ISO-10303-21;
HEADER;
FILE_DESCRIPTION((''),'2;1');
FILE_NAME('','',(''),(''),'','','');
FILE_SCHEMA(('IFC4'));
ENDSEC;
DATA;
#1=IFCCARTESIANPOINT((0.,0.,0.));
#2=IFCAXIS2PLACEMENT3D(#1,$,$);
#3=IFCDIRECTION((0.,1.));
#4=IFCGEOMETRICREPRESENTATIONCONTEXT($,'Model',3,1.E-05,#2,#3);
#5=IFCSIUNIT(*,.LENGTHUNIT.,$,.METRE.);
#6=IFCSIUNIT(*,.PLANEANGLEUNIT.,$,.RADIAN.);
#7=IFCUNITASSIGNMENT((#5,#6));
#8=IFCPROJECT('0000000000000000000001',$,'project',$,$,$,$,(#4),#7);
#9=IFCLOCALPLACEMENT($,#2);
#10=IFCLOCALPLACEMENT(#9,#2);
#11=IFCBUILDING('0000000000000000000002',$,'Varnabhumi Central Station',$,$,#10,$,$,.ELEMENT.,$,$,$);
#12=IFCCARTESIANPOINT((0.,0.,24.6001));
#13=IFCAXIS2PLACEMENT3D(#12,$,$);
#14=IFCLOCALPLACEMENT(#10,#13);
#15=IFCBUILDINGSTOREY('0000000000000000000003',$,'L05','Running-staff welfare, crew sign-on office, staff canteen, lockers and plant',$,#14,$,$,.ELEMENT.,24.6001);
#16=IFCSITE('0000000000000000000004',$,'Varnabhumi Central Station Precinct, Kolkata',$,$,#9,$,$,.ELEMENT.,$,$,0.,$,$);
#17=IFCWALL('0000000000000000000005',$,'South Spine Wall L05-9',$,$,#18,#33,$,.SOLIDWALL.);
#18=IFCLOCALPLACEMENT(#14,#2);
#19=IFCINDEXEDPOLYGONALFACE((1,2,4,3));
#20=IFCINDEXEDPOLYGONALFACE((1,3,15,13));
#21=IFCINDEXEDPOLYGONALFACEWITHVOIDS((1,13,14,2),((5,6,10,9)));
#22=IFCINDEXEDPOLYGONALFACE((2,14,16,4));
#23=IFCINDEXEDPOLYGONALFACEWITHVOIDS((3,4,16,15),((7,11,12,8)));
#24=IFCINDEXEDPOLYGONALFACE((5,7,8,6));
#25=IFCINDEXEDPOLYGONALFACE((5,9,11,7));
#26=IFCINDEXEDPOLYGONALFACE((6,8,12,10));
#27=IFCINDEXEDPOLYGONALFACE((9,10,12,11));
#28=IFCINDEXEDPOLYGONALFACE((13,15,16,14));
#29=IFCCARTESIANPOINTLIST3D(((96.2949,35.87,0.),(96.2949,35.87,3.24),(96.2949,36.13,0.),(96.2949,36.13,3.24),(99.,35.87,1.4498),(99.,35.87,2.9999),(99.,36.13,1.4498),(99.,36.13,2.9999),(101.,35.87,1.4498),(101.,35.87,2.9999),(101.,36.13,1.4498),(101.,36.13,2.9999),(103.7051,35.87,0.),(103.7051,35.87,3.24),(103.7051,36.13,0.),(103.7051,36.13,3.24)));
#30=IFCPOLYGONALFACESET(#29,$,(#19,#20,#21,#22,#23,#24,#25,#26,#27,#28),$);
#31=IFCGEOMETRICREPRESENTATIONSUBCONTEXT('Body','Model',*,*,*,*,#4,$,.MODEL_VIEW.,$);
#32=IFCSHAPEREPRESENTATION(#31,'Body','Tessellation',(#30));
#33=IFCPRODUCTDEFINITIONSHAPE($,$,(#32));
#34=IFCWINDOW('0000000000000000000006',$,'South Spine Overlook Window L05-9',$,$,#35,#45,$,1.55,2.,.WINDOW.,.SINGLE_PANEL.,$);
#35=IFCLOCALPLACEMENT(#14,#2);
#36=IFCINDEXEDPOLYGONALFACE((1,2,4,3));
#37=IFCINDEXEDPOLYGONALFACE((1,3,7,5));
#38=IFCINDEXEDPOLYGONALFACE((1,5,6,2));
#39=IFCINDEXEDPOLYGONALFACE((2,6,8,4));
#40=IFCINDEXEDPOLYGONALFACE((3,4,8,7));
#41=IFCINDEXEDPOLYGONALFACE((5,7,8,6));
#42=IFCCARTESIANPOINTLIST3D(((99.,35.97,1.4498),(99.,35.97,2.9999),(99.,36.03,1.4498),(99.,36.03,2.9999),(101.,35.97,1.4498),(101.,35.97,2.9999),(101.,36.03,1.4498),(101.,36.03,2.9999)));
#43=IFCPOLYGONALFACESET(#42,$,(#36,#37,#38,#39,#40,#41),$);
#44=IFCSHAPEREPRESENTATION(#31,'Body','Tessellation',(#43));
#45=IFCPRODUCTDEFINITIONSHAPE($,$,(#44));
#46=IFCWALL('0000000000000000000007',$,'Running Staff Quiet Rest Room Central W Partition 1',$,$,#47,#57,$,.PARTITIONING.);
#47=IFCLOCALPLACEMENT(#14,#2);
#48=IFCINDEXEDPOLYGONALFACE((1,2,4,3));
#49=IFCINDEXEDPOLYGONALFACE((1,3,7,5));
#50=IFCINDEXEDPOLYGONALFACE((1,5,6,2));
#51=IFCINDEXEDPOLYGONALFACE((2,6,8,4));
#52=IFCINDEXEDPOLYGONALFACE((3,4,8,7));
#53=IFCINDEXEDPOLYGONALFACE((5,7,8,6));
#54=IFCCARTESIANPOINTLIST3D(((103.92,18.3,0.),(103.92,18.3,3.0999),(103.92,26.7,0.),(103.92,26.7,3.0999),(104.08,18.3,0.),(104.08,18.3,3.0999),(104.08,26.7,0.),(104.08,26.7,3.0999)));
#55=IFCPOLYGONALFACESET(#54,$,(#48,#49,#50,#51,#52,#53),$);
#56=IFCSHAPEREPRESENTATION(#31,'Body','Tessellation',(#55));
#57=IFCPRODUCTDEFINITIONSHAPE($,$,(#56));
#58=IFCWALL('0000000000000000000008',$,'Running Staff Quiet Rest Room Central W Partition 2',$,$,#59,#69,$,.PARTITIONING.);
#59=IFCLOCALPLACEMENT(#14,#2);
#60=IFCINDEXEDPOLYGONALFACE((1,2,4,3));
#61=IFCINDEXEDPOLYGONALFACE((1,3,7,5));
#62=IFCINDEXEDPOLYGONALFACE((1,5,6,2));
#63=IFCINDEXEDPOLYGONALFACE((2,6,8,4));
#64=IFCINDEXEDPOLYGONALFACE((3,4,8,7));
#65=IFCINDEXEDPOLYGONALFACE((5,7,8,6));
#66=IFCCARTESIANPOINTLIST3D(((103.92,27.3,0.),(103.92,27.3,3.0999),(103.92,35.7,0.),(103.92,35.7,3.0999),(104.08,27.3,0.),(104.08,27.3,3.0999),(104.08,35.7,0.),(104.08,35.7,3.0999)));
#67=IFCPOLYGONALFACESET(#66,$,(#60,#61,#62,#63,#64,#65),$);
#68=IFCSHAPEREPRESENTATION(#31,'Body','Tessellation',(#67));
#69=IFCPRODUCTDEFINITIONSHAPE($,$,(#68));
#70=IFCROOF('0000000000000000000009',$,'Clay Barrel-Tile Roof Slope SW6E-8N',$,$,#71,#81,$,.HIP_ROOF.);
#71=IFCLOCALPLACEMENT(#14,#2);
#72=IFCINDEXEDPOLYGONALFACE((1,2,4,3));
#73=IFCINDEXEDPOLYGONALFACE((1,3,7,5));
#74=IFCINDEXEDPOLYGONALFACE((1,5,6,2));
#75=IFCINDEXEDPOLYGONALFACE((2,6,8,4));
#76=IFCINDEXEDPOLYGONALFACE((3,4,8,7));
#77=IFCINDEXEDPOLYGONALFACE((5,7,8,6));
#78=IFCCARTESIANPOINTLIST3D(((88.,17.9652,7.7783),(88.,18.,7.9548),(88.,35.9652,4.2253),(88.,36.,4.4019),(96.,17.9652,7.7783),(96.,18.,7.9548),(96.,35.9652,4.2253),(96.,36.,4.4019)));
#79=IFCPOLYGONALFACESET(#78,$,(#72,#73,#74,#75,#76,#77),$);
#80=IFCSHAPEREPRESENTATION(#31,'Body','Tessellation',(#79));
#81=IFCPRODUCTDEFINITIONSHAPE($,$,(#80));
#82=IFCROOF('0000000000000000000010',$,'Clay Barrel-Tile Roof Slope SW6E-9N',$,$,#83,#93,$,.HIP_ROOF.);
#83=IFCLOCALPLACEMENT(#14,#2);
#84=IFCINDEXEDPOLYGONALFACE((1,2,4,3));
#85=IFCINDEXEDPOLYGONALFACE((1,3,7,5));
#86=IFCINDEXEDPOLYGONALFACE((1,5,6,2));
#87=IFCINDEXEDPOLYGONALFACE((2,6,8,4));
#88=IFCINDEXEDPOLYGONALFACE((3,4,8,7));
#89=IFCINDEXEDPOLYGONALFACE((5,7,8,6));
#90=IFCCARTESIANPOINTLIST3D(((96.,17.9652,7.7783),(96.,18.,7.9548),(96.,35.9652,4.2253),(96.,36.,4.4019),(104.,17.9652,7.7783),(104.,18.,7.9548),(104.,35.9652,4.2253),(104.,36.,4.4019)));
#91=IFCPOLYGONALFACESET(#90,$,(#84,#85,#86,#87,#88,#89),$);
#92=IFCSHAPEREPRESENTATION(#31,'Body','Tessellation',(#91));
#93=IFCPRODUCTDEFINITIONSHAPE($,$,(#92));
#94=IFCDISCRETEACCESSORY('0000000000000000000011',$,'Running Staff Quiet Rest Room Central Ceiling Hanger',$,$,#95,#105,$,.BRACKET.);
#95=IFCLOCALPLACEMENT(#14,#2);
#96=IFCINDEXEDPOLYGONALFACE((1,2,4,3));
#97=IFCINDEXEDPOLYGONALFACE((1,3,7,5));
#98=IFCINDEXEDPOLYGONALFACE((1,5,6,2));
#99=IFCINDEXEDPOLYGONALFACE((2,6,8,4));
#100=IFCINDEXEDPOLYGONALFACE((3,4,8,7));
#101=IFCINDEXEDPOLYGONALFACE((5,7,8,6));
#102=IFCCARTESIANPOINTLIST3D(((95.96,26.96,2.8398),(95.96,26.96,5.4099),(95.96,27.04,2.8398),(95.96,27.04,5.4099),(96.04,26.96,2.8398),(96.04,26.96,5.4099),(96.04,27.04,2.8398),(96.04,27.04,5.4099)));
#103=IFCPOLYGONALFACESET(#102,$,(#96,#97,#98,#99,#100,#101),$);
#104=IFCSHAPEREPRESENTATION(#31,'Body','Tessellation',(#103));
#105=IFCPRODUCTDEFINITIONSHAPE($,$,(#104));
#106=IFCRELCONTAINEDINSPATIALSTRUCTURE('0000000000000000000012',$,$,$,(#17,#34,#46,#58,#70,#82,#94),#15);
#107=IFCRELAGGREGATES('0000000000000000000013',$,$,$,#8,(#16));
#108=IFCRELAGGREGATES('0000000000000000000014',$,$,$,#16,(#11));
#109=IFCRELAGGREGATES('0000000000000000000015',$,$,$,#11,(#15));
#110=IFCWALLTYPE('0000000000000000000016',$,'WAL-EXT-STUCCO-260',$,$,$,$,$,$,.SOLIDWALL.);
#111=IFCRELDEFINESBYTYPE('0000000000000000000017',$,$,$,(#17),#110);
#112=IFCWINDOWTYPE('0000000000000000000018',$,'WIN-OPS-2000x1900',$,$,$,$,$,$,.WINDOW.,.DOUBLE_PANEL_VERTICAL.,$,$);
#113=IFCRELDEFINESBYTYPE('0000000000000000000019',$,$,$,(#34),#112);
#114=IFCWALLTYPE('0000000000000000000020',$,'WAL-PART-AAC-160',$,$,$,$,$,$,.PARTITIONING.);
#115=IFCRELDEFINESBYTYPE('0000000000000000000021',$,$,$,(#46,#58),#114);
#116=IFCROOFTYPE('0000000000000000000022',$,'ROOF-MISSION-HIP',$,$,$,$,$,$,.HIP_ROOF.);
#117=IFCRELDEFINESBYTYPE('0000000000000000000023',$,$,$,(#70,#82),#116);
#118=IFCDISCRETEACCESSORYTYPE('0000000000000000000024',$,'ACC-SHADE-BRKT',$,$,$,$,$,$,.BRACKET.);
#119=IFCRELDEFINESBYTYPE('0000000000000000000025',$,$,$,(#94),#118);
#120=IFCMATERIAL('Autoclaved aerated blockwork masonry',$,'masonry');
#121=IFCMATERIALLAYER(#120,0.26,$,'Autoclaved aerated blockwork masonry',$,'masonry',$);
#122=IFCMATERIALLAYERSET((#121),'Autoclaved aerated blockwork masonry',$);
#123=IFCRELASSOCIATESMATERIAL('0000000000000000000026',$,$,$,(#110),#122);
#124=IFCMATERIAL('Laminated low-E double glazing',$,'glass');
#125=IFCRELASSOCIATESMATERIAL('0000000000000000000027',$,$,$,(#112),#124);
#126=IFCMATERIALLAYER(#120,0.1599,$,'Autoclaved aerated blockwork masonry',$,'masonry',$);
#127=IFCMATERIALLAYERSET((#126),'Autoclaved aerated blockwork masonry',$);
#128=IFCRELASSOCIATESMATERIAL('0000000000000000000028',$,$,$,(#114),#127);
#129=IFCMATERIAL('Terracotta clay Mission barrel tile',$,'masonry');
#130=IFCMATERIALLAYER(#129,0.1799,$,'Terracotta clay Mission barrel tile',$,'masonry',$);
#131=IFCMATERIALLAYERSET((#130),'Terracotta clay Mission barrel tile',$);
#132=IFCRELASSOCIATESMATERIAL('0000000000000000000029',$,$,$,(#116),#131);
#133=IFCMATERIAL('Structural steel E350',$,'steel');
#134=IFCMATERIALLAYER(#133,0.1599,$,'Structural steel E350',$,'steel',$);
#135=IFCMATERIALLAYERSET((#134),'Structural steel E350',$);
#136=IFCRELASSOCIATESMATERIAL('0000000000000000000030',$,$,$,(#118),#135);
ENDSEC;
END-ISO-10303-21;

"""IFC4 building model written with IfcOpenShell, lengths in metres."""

from ifc_helpers import new_model, si_unit, direction, frame, frame_2d, origin, origin_2d, place, context, subcontext, project, spatial, polyline, rectangle, outline, extrude, material, layer, layer_set, type_object, element, fill, save


model = new_model("IFC4")

# Units and contexts
model_context = context("Model", 3, precision=1e-05, world=origin(), true_north=direction((0.0, 1.0)))
body_context = subcontext(model_context, "Body", "Model", "MODEL_VIEW")
ifc_project = project(units=[si_unit("LENGTHUNIT", "METRE"), si_unit("PLANEANGLEUNIT", "RADIAN")], contexts=[model_context])

# Site, building, storey
site_placement = place(None, origin())
site = spatial("IfcSite", under=ifc_project, at=site_placement, Name="Varnabhumi Central Station Precinct, Kolkata", CompositionType="ELEMENT", RefElevation=0.0)
building_placement = place(site_placement, origin())
building = spatial("IfcBuilding", under=site, at=building_placement, Name="Varnabhumi Central Station", CompositionType="ELEMENT")
storey_placement = place(building_placement, frame((0.0, 0.0, 24.6001)))
storey = spatial("IfcBuildingStorey", under=building, at=storey_placement, Name="L05", Description="Running-staff welfare, crew sign-on office, staff canteen, lockers and plant", CompositionType="ELEMENT", Elevation=24.6001)

# Shared definitions
ifc_material_1 = material(Name="Structural steel E350", Category="steel")

# Wall, opening, window
ifc_material_2 = material(Name="Autoclaved aerated blockwork masonry", Category="masonry")
ifc_layer_1 = layer(ifc_material_2, 0.26, Name="Autoclaved aerated blockwork masonry", Category="masonry")
ifc_layer_set_1 = layer_set([ifc_layer_1], Name="Autoclaved aerated blockwork masonry")
wall_type_1 = type_object("IfcWallType", Name="WAL-EXT-STUCCO-260", PredefinedType="SOLIDWALL", material=ifc_layer_set_1)
ifc_material_3 = material(Name="Laminated low-E double glazing", Category="glass")
window_type = type_object("IfcWindowType", Name="WIN-OPS-2000x1900", PartitioningType="DOUBLE_PANEL_VERTICAL", PredefinedType="WINDOW", material=ifc_material_3)
wall_1_placement = place(storey_placement, frame((96.2949, 36.0, 0.0), z_axis=(0.0, 0.0, 1.0), x_axis=(1.0, 0.0, 0.0)))
wall_1 = element("IfcWall", 1, at=wall_1_placement, inside=storey, type_object=wall_type_1, Name="South Spine Wall L05-9", PredefinedType="SOLIDWALL", context=body_context, shape_type="SweptSolid", body=[
    extrude(rectangle(XDim=7.4102, YDim=0.26, at=frame_2d((3.7051, 0.0))), origin(), (0.0, 0.0, 1.0), 3.24),
])
opening_1_placement = place(wall_1_placement, frame((2.7051, 0.0, 1.45)))
opening_1 = element("IfcOpeningElement", 2, at=opening_1_placement, cuts=wall_1, PredefinedType="OPENING", context=body_context, shape_type="SweptSolid", body=[
    extrude(rectangle(XDim=2.0, YDim=1.55, at=frame_2d((1.0, 0.7749))), frame((0.0, 0.1399, 0.0), z_axis=(0.0, -1.0, 0.0), x_axis=(1.0, 0.0, 0.0)), (0.0, 0.0, 1.0), 0.28),
])
window_1_placement = place(opening_1_placement, origin())
window_1 = element("IfcWindow", 3, at=window_1_placement, inside=storey, type_object=window_type, Name="South Spine Overlook Window L05-9", OverallHeight=1.55, OverallWidth=2.0, PartitioningType="SINGLE_PANEL", PredefinedType="WINDOW", context=body_context, shape_type="SweptSolid", body=[
    extrude(rectangle(XDim=2.0, YDim=1.55, at=frame_2d((1.0, 0.7749))), frame((0.0, 0.03, 0.0), z_axis=(0.0, -1.0, 0.0), x_axis=(1.0, 0.0, 0.0)), (0.0, 0.0, 1.0), 0.0601),
])
fill(opening_1, window_1)

# Walls
ifc_layer_2 = layer(ifc_material_2, 0.1599, Name="Autoclaved aerated blockwork masonry", Category="masonry")
ifc_layer_set_2 = layer_set([ifc_layer_2], Name="Autoclaved aerated blockwork masonry")
wall_type_2 = type_object("IfcWallType", Name="WAL-PART-AAC-160", PredefinedType="PARTITIONING", material=ifc_layer_set_2)
for number, where, z_axis, x_axis, name in (
    (4, (104.0, 18.3, 0.0), (0.0, 0.0, 1.0), (0.0, 1.0, 0.0), "Running Staff Quiet Rest Room Central W Partition 1"),
    (5, (104.0, 27.3, 0.0), (0.0, 0.0, 1.0), (0.0, 1.0, 0.0), "Running Staff Quiet Rest Room Central W Partition 2"),
):
    element("IfcWall", number, at=place(storey_placement, frame(where, z_axis=z_axis, x_axis=x_axis)), inside=storey, type_object=wall_type_2, Name=name, PredefinedType="PARTITIONING", context=body_context, shape_type="SweptSolid", body=[
        extrude(rectangle(XDim=8.3999, YDim=0.1599, at=frame_2d((4.2, 0.0))), origin(), (0.0, 0.0, 1.0), 3.0999),
    ])

# Roofs
ifc_material_4 = material(Name="Terracotta clay Mission barrel tile", Category="masonry")
ifc_layer_3 = layer(ifc_material_4, 0.1799, Name="Terracotta clay Mission barrel tile", Category="masonry")
ifc_layer_set_3 = layer_set([ifc_layer_3], Name="Terracotta clay Mission barrel tile")
roof_type = type_object("IfcRoofType", Name="ROOF-MISSION-HIP", PredefinedType="HIP_ROOF", material=ifc_layer_set_3)
for number, where, z_axis, x_axis, name in (
    (6, (96.0, 36.0, 4.4019), (0.0, 0.193651, 0.98107), (-1.0, 0.0, 0.0), "Clay Barrel-Tile Roof Slope SW6E-8N"),
    (7, (104.0, 36.0, 4.4019), (0.0, 0.193651, 0.98107), (-1.0, 0.0, 0.0), "Clay Barrel-Tile Roof Slope SW6E-9N"),
):
    element("IfcRoof", number, at=place(storey_placement, frame(where, z_axis=z_axis, x_axis=x_axis)), inside=storey, type_object=roof_type, Name=name, PredefinedType="HIP_ROOF", context=body_context, shape_type="SweptSolid", body=[
        extrude(outline(polyline([(0.0, 0.0), (8.0, 0.0), (8.0, 18.3473), (0.0, 18.3473), (0.0, 0.0)])), origin(), (0.0, 0.0, -1.0), 0.1799),
    ])

# Discrete accessory
ifc_layer_4 = layer(ifc_material_1, 0.1599, Name="Structural steel E350", Category="steel")
ifc_layer_set_4 = layer_set([ifc_layer_4], Name="Structural steel E350")
discrete_accessory_type = type_object("IfcDiscreteAccessoryType", Name="ACC-SHADE-BRKT", PredefinedType="BRACKET", material=ifc_layer_set_4)
discrete_accessory_placement = place(storey_placement, frame((96.0, 27.0, 2.8398), z_axis=(0.0, 0.0, 1.0), x_axis=(1.0, 0.0, 0.0)))
element("IfcDiscreteAccessory", 8, at=discrete_accessory_placement, inside=storey, type_object=discrete_accessory_type, Name="Running Staff Quiet Rest Room Central Ceiling Hanger", PredefinedType="BRACKET", context=body_context, shape_type="SweptSolid", body=[
    extrude(rectangle(XDim=0.0801, YDim=0.0801, at=origin_2d()), origin(), (0.0, 0.0, 1.0), 2.5701),
])

save(model, "model.ifc")
